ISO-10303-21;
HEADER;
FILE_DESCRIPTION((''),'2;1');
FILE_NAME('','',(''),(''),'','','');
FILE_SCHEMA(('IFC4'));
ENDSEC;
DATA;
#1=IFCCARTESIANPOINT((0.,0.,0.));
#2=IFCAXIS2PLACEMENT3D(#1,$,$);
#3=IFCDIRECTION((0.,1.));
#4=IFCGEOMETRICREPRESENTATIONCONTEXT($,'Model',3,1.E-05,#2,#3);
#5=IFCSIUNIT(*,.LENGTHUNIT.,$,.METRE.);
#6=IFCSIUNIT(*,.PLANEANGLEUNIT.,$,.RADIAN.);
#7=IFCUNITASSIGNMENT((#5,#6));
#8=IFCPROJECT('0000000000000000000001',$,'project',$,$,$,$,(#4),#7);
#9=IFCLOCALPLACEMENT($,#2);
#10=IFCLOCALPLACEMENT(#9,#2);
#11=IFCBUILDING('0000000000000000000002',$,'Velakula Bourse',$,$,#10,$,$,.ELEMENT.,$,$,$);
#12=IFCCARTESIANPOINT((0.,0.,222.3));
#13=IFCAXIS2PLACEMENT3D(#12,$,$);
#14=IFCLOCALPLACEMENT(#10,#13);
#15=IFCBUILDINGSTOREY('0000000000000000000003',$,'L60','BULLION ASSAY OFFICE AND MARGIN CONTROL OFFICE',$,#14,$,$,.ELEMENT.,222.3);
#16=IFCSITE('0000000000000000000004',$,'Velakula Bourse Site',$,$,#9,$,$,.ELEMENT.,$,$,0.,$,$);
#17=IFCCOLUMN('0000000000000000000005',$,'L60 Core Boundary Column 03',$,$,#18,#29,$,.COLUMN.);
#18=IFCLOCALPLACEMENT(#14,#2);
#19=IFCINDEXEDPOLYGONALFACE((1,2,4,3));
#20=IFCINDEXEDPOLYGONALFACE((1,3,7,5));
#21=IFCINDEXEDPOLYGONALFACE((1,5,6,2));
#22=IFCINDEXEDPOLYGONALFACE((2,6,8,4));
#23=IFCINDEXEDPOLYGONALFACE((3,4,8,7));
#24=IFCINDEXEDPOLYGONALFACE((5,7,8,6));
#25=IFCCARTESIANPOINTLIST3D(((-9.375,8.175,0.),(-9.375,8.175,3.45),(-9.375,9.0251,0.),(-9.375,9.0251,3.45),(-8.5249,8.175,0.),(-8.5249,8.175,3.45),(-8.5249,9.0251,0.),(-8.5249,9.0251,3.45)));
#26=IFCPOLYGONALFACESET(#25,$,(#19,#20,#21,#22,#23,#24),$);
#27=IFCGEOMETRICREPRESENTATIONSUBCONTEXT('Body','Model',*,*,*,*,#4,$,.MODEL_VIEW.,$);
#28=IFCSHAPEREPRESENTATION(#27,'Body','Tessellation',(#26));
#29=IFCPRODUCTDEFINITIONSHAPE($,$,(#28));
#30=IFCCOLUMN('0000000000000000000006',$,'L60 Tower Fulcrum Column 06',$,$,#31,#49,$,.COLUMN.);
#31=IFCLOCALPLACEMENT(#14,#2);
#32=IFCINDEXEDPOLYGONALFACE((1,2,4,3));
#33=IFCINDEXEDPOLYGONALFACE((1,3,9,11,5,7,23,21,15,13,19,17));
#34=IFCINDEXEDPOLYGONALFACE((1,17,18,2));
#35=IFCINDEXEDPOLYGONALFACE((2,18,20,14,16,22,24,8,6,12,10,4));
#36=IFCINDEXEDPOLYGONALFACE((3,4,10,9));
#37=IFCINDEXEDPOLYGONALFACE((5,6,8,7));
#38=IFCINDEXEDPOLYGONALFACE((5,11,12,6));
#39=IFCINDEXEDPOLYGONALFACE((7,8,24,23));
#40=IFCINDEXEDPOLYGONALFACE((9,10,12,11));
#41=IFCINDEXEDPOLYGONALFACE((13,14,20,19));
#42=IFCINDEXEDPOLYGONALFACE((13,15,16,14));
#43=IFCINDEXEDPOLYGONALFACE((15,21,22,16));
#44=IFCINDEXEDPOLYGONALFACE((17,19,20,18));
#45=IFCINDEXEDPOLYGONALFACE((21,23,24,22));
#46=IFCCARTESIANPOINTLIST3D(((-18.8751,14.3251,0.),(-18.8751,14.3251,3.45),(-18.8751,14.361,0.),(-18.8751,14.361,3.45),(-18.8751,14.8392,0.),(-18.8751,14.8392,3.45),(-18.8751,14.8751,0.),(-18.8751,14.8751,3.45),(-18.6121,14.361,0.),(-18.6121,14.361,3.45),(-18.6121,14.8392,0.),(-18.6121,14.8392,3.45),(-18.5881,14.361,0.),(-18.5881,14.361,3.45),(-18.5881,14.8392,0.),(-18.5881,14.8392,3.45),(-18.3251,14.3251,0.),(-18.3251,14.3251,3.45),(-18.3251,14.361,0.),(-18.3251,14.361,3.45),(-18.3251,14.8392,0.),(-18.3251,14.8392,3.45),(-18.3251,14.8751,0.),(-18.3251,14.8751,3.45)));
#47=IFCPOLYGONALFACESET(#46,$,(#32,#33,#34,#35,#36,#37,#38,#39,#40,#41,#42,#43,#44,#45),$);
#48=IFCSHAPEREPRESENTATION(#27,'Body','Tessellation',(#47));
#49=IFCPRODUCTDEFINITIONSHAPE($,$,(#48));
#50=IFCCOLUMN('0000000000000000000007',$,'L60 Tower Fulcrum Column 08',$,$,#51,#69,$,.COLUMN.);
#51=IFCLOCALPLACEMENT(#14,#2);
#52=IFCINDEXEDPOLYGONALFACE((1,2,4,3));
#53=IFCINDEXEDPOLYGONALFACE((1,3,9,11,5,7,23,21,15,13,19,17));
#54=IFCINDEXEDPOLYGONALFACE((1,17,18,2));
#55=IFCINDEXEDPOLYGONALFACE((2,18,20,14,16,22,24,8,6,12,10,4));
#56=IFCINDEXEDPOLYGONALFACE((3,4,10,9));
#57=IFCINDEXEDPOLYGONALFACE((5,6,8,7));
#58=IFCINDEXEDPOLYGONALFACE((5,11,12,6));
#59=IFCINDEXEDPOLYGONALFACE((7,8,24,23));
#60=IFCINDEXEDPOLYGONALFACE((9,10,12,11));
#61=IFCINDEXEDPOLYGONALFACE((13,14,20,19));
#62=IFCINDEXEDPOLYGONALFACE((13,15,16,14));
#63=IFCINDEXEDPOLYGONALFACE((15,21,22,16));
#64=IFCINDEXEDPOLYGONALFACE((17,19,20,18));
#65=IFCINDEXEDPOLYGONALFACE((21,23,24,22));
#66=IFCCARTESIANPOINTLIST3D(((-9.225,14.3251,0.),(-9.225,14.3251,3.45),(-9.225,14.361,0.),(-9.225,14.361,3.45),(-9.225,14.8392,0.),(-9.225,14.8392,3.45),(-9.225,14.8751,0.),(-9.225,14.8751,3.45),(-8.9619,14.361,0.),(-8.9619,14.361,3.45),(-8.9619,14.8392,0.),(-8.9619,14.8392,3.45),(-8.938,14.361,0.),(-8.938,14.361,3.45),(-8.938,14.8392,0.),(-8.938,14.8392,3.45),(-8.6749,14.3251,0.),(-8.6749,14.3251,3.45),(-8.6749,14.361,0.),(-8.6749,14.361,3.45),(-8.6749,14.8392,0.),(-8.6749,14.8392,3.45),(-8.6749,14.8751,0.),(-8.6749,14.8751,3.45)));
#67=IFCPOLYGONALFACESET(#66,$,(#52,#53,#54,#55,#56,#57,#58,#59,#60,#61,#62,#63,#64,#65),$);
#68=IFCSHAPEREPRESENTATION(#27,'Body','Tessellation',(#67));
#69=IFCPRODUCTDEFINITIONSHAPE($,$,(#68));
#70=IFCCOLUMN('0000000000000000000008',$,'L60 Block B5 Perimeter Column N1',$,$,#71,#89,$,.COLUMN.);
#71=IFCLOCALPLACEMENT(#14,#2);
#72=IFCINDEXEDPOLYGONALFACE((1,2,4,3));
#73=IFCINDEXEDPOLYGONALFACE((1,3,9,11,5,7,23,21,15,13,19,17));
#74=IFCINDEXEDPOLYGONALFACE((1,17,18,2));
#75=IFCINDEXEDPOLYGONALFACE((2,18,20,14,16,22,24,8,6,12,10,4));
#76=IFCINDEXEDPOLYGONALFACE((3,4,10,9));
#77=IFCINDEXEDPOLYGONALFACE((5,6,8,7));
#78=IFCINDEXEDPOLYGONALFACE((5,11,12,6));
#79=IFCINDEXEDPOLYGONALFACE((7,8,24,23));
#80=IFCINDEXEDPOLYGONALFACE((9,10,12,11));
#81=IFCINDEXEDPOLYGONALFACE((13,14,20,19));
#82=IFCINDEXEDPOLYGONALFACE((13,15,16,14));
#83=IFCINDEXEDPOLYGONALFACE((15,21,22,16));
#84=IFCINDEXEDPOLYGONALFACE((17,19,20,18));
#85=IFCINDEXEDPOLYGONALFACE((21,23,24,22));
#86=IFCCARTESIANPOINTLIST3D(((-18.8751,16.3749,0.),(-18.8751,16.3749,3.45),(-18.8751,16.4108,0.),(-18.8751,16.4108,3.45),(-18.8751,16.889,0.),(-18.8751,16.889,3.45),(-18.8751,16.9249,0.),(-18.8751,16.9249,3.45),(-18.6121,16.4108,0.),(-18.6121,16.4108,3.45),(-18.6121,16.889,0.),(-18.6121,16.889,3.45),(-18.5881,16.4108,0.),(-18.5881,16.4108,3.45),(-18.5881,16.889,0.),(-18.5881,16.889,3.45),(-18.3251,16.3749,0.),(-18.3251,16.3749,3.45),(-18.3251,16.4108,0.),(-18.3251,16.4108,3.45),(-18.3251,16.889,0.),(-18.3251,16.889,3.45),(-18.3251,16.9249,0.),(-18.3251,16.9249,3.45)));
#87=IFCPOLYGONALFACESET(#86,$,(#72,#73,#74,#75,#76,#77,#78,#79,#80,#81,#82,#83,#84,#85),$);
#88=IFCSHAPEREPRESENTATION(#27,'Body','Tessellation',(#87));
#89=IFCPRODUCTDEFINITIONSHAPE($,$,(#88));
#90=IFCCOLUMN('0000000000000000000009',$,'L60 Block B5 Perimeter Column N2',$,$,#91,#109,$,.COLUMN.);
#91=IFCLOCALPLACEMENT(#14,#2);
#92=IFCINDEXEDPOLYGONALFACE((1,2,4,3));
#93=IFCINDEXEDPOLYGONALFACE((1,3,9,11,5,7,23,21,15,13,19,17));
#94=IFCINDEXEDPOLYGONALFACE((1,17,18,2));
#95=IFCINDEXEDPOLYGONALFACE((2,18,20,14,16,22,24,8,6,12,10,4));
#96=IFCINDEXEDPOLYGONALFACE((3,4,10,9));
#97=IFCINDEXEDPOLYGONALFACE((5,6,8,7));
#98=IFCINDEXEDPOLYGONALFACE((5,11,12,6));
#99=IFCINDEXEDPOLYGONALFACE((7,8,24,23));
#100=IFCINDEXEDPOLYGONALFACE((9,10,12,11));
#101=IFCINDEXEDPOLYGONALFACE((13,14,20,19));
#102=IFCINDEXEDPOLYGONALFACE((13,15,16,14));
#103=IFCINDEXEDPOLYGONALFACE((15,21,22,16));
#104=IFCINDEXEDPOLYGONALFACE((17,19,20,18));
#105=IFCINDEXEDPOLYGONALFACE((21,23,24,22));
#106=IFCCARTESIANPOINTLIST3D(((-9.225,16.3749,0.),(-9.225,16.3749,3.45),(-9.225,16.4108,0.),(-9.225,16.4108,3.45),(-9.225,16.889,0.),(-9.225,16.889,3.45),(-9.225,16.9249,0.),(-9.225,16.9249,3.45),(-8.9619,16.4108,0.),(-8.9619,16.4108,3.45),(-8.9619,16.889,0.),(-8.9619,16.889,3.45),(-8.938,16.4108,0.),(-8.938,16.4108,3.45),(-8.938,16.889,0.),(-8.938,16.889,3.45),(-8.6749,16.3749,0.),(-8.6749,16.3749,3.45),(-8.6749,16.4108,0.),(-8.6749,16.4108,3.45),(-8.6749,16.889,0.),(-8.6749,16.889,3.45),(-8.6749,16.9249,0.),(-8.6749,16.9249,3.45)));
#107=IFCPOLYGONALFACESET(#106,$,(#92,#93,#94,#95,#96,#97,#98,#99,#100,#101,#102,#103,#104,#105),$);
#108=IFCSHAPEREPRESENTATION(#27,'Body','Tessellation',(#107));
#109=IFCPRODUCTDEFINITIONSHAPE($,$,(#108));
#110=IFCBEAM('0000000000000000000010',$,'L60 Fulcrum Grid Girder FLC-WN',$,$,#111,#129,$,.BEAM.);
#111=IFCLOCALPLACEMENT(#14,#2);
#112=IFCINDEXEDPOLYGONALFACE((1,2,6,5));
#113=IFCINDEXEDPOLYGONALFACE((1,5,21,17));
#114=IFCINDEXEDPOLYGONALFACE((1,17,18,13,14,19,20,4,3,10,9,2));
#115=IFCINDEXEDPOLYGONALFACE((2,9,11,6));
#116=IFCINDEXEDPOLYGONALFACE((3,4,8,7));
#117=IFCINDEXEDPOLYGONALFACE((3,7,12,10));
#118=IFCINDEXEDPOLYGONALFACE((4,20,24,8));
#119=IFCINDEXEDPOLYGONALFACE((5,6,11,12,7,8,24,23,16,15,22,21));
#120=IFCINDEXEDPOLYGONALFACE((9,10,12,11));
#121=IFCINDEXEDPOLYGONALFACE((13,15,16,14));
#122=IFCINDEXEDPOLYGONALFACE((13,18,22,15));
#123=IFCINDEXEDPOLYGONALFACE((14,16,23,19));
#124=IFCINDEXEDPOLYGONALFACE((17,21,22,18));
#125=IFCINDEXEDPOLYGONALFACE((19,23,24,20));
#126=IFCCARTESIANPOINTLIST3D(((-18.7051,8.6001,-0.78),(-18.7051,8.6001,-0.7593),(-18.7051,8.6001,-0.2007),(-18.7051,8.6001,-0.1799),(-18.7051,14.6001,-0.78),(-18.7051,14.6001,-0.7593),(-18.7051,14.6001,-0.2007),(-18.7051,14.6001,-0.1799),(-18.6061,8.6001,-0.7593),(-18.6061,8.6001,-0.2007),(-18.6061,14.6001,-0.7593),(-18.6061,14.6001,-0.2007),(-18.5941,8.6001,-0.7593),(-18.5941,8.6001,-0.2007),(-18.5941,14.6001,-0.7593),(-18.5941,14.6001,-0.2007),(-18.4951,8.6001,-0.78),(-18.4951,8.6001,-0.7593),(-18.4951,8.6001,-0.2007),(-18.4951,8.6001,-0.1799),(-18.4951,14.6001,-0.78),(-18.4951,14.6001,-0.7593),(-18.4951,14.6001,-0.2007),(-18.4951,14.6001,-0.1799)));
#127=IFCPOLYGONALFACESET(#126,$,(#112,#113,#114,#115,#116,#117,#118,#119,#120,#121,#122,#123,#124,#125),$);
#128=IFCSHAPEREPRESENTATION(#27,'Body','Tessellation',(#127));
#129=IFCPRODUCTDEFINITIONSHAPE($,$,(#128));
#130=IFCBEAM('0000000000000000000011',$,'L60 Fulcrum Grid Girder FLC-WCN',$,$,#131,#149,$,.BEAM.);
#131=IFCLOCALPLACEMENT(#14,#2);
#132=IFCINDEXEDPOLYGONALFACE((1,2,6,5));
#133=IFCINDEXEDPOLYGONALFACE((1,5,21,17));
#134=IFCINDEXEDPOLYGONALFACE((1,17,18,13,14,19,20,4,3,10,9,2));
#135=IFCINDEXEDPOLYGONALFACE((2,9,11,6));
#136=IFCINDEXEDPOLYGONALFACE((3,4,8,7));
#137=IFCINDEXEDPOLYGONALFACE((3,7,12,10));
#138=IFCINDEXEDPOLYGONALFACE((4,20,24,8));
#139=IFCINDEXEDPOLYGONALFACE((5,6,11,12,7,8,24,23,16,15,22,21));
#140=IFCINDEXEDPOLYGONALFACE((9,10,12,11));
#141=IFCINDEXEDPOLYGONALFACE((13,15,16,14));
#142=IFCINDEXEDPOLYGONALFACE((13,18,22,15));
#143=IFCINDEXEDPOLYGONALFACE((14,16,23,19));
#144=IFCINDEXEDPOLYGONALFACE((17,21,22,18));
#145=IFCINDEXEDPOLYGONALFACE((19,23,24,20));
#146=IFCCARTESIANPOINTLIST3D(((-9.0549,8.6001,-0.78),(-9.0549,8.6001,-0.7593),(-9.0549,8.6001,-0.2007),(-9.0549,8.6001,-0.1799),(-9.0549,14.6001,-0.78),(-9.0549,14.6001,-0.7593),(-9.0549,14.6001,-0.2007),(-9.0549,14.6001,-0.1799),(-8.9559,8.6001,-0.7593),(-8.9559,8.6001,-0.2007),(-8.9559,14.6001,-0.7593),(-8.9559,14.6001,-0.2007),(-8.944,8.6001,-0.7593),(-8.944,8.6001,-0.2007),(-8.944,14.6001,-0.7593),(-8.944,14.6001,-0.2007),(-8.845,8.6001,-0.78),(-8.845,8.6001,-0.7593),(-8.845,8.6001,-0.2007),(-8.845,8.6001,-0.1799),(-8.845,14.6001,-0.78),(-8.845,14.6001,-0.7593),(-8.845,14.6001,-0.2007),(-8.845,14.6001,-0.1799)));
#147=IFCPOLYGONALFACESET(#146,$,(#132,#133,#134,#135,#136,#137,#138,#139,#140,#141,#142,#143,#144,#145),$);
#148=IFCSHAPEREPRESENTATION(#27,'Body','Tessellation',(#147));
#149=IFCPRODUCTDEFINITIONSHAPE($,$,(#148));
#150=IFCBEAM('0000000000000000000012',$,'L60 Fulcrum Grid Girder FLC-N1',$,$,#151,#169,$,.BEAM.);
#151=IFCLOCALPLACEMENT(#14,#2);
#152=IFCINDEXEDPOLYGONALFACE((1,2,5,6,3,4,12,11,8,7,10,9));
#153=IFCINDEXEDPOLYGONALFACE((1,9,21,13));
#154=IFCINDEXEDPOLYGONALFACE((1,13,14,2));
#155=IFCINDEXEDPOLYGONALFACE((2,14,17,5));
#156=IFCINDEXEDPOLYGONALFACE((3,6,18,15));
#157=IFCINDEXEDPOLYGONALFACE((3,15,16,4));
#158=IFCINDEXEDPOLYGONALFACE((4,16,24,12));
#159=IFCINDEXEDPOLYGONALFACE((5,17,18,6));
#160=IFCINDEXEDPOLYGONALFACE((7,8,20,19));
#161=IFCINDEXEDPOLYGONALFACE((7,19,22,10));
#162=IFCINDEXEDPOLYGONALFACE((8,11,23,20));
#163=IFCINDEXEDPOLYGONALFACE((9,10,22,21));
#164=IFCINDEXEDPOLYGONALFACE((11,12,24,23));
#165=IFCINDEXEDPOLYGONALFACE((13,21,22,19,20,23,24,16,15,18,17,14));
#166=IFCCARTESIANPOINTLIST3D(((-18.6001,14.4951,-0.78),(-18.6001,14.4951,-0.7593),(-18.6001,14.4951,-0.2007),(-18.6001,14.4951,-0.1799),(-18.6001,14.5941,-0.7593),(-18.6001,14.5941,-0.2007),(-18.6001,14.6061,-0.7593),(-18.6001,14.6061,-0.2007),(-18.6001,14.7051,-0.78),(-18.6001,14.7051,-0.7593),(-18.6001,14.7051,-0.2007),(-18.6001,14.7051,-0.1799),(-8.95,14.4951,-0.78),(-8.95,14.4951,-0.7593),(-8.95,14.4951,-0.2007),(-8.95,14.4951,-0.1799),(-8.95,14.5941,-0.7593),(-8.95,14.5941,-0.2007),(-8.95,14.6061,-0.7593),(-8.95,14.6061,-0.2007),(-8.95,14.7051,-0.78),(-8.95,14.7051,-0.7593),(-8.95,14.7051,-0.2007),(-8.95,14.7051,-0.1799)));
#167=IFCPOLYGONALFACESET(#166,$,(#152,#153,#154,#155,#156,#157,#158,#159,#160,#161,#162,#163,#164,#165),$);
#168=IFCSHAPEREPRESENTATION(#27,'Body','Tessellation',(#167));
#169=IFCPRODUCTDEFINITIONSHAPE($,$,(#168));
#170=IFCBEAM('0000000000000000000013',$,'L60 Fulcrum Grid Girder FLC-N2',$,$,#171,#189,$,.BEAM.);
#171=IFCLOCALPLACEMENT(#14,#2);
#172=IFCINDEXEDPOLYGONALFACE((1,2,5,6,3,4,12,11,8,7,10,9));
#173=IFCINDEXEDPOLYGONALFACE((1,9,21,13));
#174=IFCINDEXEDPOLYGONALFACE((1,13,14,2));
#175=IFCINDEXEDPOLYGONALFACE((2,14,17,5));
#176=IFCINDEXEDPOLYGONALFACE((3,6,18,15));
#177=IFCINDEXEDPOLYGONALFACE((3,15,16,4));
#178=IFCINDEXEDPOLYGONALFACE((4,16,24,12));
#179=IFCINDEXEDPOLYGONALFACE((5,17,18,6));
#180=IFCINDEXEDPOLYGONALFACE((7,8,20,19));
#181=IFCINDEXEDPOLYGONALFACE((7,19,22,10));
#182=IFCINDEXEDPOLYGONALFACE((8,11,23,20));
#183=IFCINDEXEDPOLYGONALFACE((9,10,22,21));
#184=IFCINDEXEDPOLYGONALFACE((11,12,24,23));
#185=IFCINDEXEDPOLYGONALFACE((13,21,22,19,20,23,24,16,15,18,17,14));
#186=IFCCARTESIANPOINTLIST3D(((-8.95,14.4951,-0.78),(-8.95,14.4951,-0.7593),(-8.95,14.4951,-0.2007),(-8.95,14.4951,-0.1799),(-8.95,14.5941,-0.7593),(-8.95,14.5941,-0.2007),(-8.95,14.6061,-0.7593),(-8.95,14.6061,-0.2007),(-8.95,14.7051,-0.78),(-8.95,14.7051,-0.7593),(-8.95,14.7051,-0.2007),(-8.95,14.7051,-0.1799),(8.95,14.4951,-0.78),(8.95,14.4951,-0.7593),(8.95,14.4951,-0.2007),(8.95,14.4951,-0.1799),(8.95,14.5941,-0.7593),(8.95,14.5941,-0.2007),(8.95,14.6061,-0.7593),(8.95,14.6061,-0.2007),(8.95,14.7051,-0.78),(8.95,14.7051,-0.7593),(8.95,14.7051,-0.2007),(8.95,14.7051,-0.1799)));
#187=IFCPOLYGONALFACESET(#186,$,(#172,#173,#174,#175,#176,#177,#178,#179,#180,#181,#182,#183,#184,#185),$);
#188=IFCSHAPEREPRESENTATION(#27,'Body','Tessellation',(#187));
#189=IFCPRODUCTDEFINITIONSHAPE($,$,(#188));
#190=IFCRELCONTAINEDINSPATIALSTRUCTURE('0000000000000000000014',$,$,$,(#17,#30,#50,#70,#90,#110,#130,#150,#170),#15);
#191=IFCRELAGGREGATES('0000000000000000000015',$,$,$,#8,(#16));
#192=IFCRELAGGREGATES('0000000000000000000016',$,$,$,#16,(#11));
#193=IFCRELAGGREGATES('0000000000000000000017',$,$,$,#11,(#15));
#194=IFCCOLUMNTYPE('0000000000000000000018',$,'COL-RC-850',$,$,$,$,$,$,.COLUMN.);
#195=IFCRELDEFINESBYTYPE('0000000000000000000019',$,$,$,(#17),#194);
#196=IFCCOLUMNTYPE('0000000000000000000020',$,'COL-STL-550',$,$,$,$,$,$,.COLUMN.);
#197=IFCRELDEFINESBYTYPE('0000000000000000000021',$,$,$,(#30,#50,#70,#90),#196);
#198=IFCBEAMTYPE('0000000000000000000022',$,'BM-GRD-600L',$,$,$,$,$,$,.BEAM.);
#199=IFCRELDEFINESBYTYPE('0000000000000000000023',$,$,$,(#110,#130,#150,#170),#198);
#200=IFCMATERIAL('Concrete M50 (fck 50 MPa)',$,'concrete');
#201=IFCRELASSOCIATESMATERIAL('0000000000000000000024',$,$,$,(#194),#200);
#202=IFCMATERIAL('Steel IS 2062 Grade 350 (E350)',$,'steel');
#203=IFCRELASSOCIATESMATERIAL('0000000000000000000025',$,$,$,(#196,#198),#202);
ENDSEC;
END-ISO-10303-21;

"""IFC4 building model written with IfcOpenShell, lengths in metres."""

from ifc_helpers import new_model, si_unit, direction, frame, origin, origin_2d, place, context, subcontext, project, spatial, rectangle, i_section, extrude, material, material_profile, profile_set, type_object, element, save


model = new_model("IFC4")

# Units and contexts
model_context = context("Model", 3, precision=1e-05, world=origin(), true_north=direction((0.0, 1.0)))
body_context = subcontext(model_context, "Body", "Model", "MODEL_VIEW")
ifc_project = project(units=[si_unit("LENGTHUNIT", "METRE"), si_unit("PLANEANGLEUNIT", "RADIAN")], contexts=[model_context])

# Site, building, storey
site_placement = place(None, origin())
site = spatial("IfcSite", under=ifc_project, at=site_placement, Name="Velakula Bourse Site", CompositionType="ELEMENT", RefElevation=0.0)
building_placement = place(site_placement, origin())
building = spatial("IfcBuilding", under=site, at=building_placement, Name="Velakula Bourse", CompositionType="ELEMENT")
storey_placement = place(building_placement, frame((0.0, 0.0, 222.3)))
storey = spatial("IfcBuildingStorey", under=building, at=storey_placement, Name="L60", Description="BULLION ASSAY OFFICE AND MARGIN CONTROL OFFICE", CompositionType="ELEMENT", Elevation=222.3)

# Columns
ifc_material_1 = material(Name="Concrete M50 (fck 50 MPa)", Category="concrete")
ifc_material_profile_1 = material_profile(ifc_material_1, rectangle(XDim=0.8501, YDim=0.8501, at=origin_2d()), Name="Concrete M50 (fck 50 MPa)")
ifc_profile_set_1 = profile_set([ifc_material_profile_1], Name="Concrete M50 (fck 50 MPa)")
column_type_1 = type_object("IfcColumnType", Name="COL-RC-850", PredefinedType="COLUMN", material=ifc_profile_set_1)
column_placement = place(storey_placement, frame((-8.95, 8.6001, 0.0), z_axis=(0.0, 0.0, 1.0), x_axis=(1.0, 0.0, 0.0)))
element("IfcColumn", 1, at=column_placement, inside=storey, type_object=column_type_1, Name="L60 Core Boundary Column 03", PredefinedType="COLUMN", context=body_context, shape_type="SweptSolid", body=[
    extrude(rectangle(XDim=0.8501, YDim=0.8501, at=origin_2d()), origin(), (0.0, 0.0, 1.0), 3.45),
])
ifc_material_2 = material(Name="Steel IS 2062 Grade 350 (E350)", Category="steel")
ifc_material_profile_2 = material_profile(ifc_material_2, i_section(OverallWidth=0.55, OverallDepth=0.55, WebThickness=0.0239, FlangeThickness=0.0359, at=origin_2d()), Name="Steel IS 2062 Grade 350 (E350)")
ifc_profile_set_2 = profile_set([ifc_material_profile_2], Name="Steel IS 2062 Grade 350 (E350)")
column_type_2 = type_object("IfcColumnType", Name="COL-STL-550", PredefinedType="COLUMN", material=ifc_profile_set_2)
for number, where, z_axis, x_axis, name in (
    (2, (-18.6001, 14.6001, 0.0), (0.0, 0.0, 1.0), (1.0, 0.0, 0.0), "L60 Tower Fulcrum Column 06"),
    (3, (-8.95, 14.6001, 0.0), (0.0, 0.0, 1.0), (1.0, 0.0, 0.0), "L60 Tower Fulcrum Column 08"),
    (4, (-18.6001, 16.6499, 0.0), (0.0, 0.0, 1.0), (1.0, 0.0, 0.0), "L60 Block B5 Perimeter Column N1"),
    (5, (-8.95, 16.6499, 0.0), (0.0, 0.0, 1.0), (1.0, 0.0, 0.0), "L60 Block B5 Perimeter Column N2"),
):
    element("IfcColumn", number, at=place(storey_placement, frame(where, z_axis=z_axis, x_axis=x_axis)), inside=storey, type_object=column_type_2, Name=name, PredefinedType="COLUMN", context=body_context, shape_type="SweptSolid", body=[
        extrude(i_section(OverallWidth=0.55, OverallDepth=0.55, WebThickness=0.0239, FlangeThickness=0.0359, at=origin_2d()), origin(), (0.0, 0.0, 1.0), 3.45),
    ])

# Beams
ifc_material_profile_3 = material_profile(ifc_material_2, i_section(OverallWidth=0.21, OverallDepth=0.6001, WebThickness=0.012, FlangeThickness=0.0208, at=origin_2d()), Name="Steel IS 2062 Grade 350 (E350)")
ifc_profile_set_3 = profile_set([ifc_material_profile_3], Name="Steel IS 2062 Grade 350 (E350)")
beam_type_1 = type_object("IfcBeamType", Name="BM-GRD-600L", PredefinedType="BEAM", material=ifc_profile_set_3)
for number, where, z_axis, x_axis, name in (
    (6, (-18.6001, 8.6001, -0.48), (0.0, 1.0, 0.0), (-1.0, 0.0, 0.0), "L60 Fulcrum Grid Girder FLC-WN"),
    (7, (-8.95, 8.6001, -0.48), (0.0, 1.0, 0.0), (-1.0, 0.0, 0.0), "L60 Fulcrum Grid Girder FLC-WCN"),
):
    element("IfcBeam", number, at=place(storey_placement, frame(where, z_axis=z_axis, x_axis=x_axis)), inside=storey, type_object=beam_type_1, Name=name, PredefinedType="BEAM", context=body_context, shape_type="SweptSolid", body=[
        extrude(i_section(OverallWidth=0.21, OverallDepth=0.6001, WebThickness=0.012, FlangeThickness=0.0208, at=origin_2d()), origin(), (0.0, 0.0, 1.0), 6.0),
    ])
beam_1_placement = place(storey_placement, frame((-18.6001, 14.6001, -0.48), z_axis=(1.0, 0.0, 0.0), x_axis=(0.0, 1.0, 0.0)))
element("IfcBeam", 8, at=beam_1_placement, inside=storey, type_object=beam_type_1, Name="L60 Fulcrum Grid Girder FLC-N1", PredefinedType="BEAM", context=body_context, shape_type="SweptSolid", body=[
    extrude(i_section(OverallWidth=0.21, OverallDepth=0.6001, WebThickness=0.012, FlangeThickness=0.0208, at=origin_2d()), origin(), (0.0, 0.0, 1.0), 9.6501),
])
beam_2_placement = place(storey_placement, frame((-8.95, 14.6001, -0.48), z_axis=(1.0, 0.0, 0.0), x_axis=(0.0, 1.0, 0.0)))
element("IfcBeam", 9, at=beam_2_placement, inside=storey, type_object=beam_type_1, Name="L60 Fulcrum Grid Girder FLC-N2", PredefinedType="BEAM", context=body_context, shape_type="SweptSolid", body=[
    extrude(i_section(OverallWidth=0.21, OverallDepth=0.6001, WebThickness=0.012, FlangeThickness=0.0208, at=origin_2d()), origin(), (0.0, 0.0, 1.0), 17.8999),
])

save(model, "model.ifc")
